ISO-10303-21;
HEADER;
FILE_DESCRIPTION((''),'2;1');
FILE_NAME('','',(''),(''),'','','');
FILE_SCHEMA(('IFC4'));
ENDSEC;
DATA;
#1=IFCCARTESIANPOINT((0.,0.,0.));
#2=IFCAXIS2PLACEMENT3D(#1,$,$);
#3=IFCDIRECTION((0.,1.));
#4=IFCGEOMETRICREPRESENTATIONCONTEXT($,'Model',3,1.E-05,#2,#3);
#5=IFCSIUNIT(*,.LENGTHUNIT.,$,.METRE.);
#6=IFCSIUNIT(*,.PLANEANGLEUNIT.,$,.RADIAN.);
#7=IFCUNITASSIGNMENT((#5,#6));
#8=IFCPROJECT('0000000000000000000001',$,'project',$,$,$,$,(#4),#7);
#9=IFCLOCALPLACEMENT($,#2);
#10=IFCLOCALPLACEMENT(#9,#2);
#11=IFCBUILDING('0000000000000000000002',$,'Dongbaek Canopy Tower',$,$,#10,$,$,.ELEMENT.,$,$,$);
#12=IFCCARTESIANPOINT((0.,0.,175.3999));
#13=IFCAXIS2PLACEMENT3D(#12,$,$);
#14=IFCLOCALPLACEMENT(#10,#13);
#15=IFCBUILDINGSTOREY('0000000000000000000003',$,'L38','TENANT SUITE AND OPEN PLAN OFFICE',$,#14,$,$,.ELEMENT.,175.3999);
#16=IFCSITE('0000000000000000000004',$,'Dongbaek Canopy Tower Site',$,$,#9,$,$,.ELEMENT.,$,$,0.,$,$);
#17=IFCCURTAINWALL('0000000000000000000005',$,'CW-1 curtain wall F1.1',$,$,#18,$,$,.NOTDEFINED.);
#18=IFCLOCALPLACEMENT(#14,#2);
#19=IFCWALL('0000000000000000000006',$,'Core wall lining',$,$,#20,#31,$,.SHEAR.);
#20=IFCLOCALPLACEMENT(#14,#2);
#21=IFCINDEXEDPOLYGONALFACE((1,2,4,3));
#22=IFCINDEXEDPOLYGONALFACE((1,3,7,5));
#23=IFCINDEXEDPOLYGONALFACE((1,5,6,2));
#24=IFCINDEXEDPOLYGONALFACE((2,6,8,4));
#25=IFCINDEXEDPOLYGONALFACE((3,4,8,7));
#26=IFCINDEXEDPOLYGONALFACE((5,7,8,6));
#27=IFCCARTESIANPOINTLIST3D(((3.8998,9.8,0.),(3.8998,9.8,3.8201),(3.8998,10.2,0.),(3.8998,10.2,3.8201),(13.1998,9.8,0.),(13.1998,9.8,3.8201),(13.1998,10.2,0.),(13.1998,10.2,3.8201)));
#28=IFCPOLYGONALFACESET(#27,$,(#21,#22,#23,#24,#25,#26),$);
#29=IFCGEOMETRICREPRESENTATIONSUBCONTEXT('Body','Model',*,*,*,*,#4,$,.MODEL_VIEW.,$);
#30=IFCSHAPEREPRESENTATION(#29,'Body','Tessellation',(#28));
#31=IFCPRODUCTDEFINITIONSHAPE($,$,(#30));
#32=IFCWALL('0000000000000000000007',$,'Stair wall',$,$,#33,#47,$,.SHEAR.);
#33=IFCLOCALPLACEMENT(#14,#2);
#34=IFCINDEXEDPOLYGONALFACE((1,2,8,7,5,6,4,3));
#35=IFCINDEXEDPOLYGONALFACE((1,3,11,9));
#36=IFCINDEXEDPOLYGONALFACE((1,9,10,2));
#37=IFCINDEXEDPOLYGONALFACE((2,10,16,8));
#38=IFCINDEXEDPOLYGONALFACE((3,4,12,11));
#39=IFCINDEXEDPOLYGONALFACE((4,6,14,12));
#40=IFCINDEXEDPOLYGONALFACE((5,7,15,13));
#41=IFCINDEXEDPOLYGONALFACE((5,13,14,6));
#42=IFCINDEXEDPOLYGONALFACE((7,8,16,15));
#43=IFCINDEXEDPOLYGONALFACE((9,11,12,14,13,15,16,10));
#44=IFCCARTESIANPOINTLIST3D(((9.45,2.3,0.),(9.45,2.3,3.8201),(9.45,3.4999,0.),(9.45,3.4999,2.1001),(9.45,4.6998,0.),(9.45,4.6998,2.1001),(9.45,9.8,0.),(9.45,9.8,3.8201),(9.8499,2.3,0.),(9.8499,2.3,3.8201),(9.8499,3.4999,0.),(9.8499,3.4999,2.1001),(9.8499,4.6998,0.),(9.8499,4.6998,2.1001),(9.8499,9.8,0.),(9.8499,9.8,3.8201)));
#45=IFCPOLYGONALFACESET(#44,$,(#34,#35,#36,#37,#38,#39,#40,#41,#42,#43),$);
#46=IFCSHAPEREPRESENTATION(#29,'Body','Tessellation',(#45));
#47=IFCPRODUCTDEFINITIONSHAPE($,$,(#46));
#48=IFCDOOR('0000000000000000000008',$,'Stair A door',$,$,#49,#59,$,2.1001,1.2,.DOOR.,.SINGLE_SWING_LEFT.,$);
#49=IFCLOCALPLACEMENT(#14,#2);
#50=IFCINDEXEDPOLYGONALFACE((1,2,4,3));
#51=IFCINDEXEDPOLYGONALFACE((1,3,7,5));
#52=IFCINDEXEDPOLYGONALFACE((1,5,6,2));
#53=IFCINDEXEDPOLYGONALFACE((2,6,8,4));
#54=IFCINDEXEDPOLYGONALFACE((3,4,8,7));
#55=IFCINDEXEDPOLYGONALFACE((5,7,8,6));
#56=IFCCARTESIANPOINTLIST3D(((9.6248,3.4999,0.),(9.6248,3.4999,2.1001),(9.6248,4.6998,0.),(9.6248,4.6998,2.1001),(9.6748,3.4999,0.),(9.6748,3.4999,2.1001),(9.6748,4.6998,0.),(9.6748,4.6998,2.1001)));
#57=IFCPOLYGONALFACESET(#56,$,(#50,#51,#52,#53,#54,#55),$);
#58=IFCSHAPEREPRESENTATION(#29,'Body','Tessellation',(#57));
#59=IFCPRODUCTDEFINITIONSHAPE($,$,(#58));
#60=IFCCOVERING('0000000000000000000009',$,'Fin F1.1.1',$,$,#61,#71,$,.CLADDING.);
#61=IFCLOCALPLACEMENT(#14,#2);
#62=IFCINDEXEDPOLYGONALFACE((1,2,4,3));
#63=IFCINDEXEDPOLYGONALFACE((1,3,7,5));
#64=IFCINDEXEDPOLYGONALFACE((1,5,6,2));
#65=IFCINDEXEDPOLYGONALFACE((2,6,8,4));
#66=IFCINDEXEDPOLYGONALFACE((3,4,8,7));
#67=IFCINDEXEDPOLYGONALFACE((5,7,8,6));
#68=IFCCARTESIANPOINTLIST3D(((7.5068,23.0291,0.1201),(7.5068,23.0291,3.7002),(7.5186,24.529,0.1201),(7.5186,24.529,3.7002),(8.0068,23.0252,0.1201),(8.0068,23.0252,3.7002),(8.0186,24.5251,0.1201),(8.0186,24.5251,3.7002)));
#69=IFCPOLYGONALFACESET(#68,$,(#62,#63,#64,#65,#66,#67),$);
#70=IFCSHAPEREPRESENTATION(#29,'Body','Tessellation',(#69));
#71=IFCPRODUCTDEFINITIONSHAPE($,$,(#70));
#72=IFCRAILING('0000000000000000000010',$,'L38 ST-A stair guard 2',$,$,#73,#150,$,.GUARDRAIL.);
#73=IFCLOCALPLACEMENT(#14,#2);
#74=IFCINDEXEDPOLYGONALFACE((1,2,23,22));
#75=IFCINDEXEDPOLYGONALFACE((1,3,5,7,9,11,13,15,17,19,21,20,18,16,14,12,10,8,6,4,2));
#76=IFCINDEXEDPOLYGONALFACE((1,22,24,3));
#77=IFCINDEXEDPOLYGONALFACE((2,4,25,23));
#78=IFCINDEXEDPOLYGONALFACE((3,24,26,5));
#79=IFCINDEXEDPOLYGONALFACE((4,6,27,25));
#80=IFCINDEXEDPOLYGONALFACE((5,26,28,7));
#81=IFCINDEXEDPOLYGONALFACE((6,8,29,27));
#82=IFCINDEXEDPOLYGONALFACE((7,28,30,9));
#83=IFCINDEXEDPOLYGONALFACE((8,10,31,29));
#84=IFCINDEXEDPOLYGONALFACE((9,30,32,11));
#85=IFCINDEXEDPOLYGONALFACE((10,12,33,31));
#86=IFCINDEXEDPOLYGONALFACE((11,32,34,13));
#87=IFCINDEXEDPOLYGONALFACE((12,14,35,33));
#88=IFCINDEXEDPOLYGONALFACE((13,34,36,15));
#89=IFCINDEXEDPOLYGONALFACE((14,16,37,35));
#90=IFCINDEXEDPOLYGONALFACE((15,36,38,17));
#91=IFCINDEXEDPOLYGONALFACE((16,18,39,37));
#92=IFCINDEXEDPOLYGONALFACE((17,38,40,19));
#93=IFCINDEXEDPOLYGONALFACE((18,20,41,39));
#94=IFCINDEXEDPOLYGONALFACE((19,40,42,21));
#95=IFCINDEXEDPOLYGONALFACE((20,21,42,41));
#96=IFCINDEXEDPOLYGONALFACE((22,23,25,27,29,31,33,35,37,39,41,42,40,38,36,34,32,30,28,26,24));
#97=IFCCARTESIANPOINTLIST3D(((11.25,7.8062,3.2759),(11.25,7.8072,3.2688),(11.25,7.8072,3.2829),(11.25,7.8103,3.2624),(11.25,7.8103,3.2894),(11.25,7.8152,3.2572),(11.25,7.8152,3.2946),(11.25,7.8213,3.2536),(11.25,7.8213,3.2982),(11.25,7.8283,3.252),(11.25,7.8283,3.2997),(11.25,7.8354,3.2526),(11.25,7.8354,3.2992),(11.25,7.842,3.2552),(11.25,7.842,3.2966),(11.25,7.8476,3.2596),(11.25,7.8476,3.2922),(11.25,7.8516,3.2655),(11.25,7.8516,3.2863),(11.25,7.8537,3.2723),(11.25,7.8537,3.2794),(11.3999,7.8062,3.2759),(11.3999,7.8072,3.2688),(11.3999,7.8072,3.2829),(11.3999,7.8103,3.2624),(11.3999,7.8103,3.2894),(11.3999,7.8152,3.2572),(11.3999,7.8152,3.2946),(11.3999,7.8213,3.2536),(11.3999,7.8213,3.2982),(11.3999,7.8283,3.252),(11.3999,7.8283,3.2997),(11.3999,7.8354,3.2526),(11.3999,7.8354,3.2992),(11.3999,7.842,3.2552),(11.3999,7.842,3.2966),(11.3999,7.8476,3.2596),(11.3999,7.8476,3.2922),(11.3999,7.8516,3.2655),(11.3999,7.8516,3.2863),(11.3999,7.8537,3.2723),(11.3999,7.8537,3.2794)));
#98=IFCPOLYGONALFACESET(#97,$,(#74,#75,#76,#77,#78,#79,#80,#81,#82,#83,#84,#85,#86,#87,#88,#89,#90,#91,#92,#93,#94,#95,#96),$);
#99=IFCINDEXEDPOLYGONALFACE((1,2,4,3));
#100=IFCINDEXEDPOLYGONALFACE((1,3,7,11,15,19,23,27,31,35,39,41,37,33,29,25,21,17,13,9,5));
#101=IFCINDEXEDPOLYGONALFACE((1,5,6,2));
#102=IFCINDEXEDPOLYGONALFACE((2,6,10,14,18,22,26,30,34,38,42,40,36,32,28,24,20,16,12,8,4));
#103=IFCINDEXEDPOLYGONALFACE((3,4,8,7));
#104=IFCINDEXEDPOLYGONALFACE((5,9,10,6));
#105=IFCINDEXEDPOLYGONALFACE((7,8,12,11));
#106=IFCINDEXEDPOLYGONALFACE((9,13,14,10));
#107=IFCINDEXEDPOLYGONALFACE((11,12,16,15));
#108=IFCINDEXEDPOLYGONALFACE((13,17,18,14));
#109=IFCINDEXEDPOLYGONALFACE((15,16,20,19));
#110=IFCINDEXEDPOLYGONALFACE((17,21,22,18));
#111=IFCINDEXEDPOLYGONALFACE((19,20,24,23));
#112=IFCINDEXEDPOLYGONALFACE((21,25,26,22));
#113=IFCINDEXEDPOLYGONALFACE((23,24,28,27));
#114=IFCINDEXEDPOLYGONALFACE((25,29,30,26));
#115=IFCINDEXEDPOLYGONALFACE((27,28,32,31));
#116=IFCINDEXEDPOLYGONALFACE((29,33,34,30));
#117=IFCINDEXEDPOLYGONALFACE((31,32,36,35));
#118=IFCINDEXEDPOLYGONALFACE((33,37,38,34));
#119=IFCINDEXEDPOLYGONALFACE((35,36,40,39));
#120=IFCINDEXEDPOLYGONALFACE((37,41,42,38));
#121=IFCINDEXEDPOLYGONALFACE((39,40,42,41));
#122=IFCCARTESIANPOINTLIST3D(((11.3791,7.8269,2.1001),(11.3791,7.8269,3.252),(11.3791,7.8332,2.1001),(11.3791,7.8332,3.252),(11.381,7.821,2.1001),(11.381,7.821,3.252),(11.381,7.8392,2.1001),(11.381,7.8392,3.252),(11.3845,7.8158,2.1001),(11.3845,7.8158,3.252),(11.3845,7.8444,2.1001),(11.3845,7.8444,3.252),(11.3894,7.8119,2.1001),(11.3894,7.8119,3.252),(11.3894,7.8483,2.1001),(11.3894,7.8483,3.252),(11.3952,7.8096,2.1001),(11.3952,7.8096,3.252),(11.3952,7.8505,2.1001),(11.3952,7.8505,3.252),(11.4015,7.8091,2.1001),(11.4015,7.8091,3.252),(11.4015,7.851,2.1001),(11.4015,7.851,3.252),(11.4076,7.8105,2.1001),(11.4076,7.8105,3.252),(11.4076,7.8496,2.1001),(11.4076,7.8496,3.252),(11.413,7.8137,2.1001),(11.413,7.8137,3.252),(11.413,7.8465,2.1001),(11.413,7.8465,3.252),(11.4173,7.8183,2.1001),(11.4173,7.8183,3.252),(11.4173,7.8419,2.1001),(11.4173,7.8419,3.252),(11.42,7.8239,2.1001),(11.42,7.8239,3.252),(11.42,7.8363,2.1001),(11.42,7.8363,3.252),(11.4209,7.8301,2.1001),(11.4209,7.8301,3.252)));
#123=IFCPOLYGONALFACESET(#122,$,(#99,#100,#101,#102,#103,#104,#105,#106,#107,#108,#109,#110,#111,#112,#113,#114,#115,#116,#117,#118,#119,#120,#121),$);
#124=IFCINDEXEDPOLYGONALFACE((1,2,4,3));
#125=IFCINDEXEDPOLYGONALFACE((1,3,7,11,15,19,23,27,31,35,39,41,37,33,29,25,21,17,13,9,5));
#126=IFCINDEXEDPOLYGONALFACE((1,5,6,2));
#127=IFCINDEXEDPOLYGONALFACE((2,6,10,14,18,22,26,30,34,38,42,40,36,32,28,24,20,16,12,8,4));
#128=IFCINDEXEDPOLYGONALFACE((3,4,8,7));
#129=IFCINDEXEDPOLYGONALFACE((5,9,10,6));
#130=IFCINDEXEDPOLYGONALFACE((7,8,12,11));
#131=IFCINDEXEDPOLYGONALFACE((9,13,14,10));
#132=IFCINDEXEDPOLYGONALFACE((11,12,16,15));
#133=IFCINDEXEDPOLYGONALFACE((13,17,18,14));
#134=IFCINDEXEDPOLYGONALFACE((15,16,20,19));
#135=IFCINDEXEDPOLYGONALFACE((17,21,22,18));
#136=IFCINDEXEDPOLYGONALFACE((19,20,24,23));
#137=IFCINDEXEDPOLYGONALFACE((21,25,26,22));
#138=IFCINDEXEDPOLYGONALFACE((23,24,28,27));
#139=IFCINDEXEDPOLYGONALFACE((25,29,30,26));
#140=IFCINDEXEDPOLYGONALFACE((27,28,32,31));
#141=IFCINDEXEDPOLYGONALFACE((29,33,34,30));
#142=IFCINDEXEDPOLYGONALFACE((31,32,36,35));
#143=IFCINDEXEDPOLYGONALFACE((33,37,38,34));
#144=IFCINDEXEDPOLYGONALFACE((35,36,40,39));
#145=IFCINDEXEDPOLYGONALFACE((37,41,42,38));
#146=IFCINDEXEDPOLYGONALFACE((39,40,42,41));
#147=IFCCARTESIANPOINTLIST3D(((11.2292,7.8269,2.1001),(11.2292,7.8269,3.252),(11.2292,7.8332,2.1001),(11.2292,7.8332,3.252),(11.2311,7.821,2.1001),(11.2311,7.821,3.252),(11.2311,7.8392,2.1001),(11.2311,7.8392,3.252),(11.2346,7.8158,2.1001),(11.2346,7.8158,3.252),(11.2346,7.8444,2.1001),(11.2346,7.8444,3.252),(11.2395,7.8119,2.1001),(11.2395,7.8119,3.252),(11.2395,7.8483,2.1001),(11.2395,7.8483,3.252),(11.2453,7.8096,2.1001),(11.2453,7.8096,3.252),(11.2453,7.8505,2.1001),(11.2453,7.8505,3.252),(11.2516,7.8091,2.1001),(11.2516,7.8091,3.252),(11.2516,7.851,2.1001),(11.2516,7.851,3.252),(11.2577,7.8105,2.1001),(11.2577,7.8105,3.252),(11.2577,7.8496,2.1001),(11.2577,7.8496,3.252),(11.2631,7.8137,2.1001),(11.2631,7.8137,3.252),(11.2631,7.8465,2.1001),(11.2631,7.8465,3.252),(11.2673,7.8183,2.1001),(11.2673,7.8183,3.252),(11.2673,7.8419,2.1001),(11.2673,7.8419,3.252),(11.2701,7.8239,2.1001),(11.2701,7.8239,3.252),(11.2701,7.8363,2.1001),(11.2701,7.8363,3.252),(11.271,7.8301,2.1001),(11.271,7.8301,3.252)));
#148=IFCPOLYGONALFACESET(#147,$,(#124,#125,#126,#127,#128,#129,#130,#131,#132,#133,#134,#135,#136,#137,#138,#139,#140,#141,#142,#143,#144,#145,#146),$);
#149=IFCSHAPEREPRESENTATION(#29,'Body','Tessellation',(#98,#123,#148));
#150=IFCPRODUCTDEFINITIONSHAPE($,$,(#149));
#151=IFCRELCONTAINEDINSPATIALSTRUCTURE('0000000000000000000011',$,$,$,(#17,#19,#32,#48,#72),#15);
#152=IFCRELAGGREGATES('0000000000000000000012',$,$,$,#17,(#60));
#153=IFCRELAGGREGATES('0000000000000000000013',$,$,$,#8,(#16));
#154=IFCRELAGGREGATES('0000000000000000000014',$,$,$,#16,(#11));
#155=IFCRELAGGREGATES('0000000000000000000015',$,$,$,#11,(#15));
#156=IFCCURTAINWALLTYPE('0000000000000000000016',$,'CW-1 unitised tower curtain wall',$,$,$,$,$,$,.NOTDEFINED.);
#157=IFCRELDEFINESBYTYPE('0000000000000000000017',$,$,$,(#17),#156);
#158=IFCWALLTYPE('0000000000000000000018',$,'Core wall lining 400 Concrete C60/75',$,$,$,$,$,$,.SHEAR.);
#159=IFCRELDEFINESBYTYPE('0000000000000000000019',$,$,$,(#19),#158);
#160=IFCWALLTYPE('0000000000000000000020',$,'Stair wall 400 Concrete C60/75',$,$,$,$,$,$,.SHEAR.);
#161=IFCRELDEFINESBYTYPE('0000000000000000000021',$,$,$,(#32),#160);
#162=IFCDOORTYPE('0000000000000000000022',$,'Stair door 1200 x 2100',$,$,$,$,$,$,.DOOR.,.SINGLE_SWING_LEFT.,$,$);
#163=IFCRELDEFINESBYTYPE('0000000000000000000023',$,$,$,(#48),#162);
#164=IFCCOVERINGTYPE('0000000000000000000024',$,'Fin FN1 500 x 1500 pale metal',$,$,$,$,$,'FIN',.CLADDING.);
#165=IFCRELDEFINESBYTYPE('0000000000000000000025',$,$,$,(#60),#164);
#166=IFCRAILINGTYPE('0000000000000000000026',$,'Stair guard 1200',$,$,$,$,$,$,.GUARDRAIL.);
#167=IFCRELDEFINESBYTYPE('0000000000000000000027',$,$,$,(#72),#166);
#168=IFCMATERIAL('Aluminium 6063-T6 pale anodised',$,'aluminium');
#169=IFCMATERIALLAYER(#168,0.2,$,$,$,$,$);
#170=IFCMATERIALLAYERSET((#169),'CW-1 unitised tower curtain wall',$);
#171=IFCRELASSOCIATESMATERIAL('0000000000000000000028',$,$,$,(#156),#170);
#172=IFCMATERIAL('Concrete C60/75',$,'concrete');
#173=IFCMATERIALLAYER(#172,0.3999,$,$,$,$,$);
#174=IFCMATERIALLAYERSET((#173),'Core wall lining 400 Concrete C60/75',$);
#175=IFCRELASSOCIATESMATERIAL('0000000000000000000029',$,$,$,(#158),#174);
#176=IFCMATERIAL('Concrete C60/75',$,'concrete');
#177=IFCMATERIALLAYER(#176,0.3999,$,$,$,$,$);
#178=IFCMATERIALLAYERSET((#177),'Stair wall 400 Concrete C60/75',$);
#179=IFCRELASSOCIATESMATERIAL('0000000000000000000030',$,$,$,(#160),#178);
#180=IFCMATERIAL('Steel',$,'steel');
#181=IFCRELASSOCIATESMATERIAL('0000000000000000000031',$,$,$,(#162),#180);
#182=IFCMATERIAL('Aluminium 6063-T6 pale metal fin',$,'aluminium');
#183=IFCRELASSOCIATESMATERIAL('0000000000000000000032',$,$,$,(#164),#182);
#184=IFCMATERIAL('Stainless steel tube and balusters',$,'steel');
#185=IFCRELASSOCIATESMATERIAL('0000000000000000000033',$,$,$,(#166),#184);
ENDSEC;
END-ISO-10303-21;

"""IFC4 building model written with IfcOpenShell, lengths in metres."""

from ifc_helpers import new_model, si_unit, direction, frame, frame_2d, origin, origin_2d, place, context, subcontext, project, spatial, rectangle, circle, extrude, material, layer, layer_set, material_profile, profile_set, type_object, element, fill, aggregate, save


model = new_model("IFC4")

# Units and contexts
model_context = context("Model", 3, precision=1e-05, world=origin(), true_north=direction((0.0, 1.0)))
body_context = subcontext(model_context, "Body", "Model", "MODEL_VIEW")
ifc_project = project(units=[si_unit("LENGTHUNIT", "METRE"), si_unit("PLANEANGLEUNIT", "RADIAN")], contexts=[model_context])

# Site, building, storey
site_placement = place(None, origin())
site = spatial("IfcSite", under=ifc_project, at=site_placement, Name="Dongbaek Canopy Tower Site", CompositionType="ELEMENT", RefElevation=0.0)
building_placement = place(site_placement, origin())
building = spatial("IfcBuilding", under=site, at=building_placement, Name="Dongbaek Canopy Tower", CompositionType="ELEMENT")
storey_placement = place(building_placement, frame((0.0, 0.0, 175.3999)))
storey = spatial("IfcBuildingStorey", under=building, at=storey_placement, Name="L38", Description="TENANT SUITE AND OPEN PLAN OFFICE", CompositionType="ELEMENT", Elevation=175.3999)

# Shared definitions
ifc_material_1 = material(Name="Aluminium 6063-T6 pale anodised", Category="aluminium")
ifc_layer_1 = layer(ifc_material_1, 0.2)
ifc_layer_set_1 = layer_set([ifc_layer_1], Name="CW-1 unitised tower curtain wall")
curtain_wall_type = type_object("IfcCurtainWallType", Name="CW-1 unitised tower curtain wall", PredefinedType="NOTDEFINED", material=ifc_layer_set_1)

# Curtain wall
curtain_wall_1_placement = place(storey_placement, origin())
curtain_wall_1 = element("IfcCurtainWall", 1, at=curtain_wall_1_placement, inside=storey, type_object=curtain_wall_type, Name="CW-1 curtain wall F1.1", PredefinedType="NOTDEFINED")

# Wall
ifc_material_2 = material(Name="Concrete C60/75", Category="concrete")
ifc_layer_2 = layer(ifc_material_2, 0.3999)
ifc_layer_set_2 = layer_set([ifc_layer_2], Name="Core wall lining 400 Concrete C60/75")
wall_type_1 = type_object("IfcWallType", Name="Core wall lining 400 Concrete C60/75", PredefinedType="SHEAR", material=ifc_layer_set_2)
wall_1_placement = place(storey_placement, frame((3.8999, 10.0, 0.0), z_axis=(0.0, 0.0, 1.0), x_axis=(1.0, 0.0, 0.0)))
element("IfcWall", 2, at=wall_1_placement, inside=storey, type_object=wall_type_1, Name="Core wall lining", PredefinedType="SHEAR", context=body_context, shape_type="SweptSolid", body=[
    extrude(rectangle(XDim=9.3, YDim=0.3999, at=frame_2d((4.6499, 0.0))), origin(), (0.0, 0.0, 1.0), 3.8201),
])

# Wall, opening, door
ifc_material_3 = material(Name="Concrete C60/75", Category="concrete")
ifc_layer_3 = layer(ifc_material_3, 0.3999)
ifc_layer_set_3 = layer_set([ifc_layer_3], Name="Stair wall 400 Concrete C60/75")
wall_type_2 = type_object("IfcWallType", Name="Stair wall 400 Concrete C60/75", PredefinedType="SHEAR", material=ifc_layer_set_3)
wall_2_placement = place(storey_placement, frame((9.6499, 9.8, 0.0), z_axis=(0.0, 0.0, 1.0), x_axis=(0.0, -1.0, 0.0)))
wall_2 = element("IfcWall", 3, at=wall_2_placement, inside=storey, type_object=wall_type_2, Name="Stair wall", PredefinedType="SHEAR", context=body_context, shape_type="SweptSolid", body=[
    extrude(rectangle(XDim=7.5, YDim=0.3999, at=frame_2d((3.75, 0.0))), origin(), (0.0, 0.0, 1.0), 3.8201),
])
opening_placement = place(wall_2_placement, frame((5.1001, 0.0, 0.0)))
opening = element("IfcOpeningElement", 4, at=opening_placement, cuts=wall_2, PredefinedType="OPENING", context=body_context, shape_type="SweptSolid", body=[
    extrude(rectangle(XDim=1.2, YDim=2.1001, at=frame_2d((0.6001, 1.05))), frame((0.0, 0.21, 0.0), z_axis=(0.0, -1.0, 0.0), x_axis=(1.0, 0.0, 0.0)), (0.0, 0.0, 1.0), 0.4199),
])
ifc_material_4 = material(Name="Steel", Category="steel")
door_type = type_object("IfcDoorType", Name="Stair door 1200 x 2100", OperationType="SINGLE_SWING_LEFT", PredefinedType="DOOR", material=ifc_material_4)
door_placement = place(opening_placement, origin())
door = element("IfcDoor", 5, at=door_placement, inside=storey, type_object=door_type, Name="Stair A door", OperationType="SINGLE_SWING_LEFT", OverallHeight=2.1001, OverallWidth=1.2, PredefinedType="DOOR", context=body_context, shape_type="SweptSolid", body=[
    extrude(rectangle(XDim=1.2, YDim=2.1001, at=frame_2d((0.6001, 1.05))), frame((0.0, 0.0249, 0.0), z_axis=(0.0, -1.0, 0.0), x_axis=(1.0, 0.0, 0.0)), (0.0, 0.0, 1.0), 0.05),
])
fill(opening, door)

# Covering
ifc_material_5 = material(Name="Aluminium 6063-T6 pale metal fin", Category="aluminium")
ifc_material_profile_1 = material_profile(ifc_material_5, rectangle(XDim=1.5, YDim=0.5, at=origin_2d()), Name="Fin FN1 500 x 1500 pale metal")
ifc_profile_set_1 = profile_set([ifc_material_profile_1], Name="Aluminium 6063-T6 pale metal fin")
covering_type = type_object("IfcCoveringType", Name="Fin FN1 500 x 1500 pale metal", ElementType="FIN", PredefinedType="CLADDING", material=ifc_profile_set_1)
covering_placement = place(storey_placement, frame((7.7627, 23.7771, 0.1201), z_axis=(0.0, 0.0, 1.0), x_axis=(0.007847, 0.999969, 0.0)))
covering = element("IfcCovering", 6, at=covering_placement, type_object=covering_type, Name="Fin F1.1.1", PredefinedType="CLADDING", context=body_context, shape_type="SweptSolid", body=[
    extrude(rectangle(XDim=1.5, YDim=0.5, at=origin_2d()), origin(), (0.0, 0.0, 1.0), 3.5801),
])
aggregate(curtain_wall_1, [covering])

# Railing
ifc_material_6 = material(Name="Stainless steel tube and balusters", Category="steel")
railing_type = type_object("IfcRailingType", Name="Stair guard 1200", PredefinedType="GUARDRAIL", material=ifc_material_6)
railing_1_placement = place(storey_placement, frame((11.3999, 7.8301, 2.1001)))
element("IfcRailing", 7, at=railing_1_placement, inside=storey, type_object=railing_type, Name="L38 ST-A stair guard 2", PredefinedType="GUARDRAIL", context=body_context, shape_type="SweptSolid", body=[
    extrude(circle(Radius=0.0239, at=origin_2d()), frame((0.0, 0.0, 1.1758), z_axis=(-1.0, 0.0, 0.0), x_axis=(0.0, -1.0, 0.0)), (0.0, 0.0, 1.0), 0.1499),
    extrude(circle(Radius=0.021, at=origin_2d()), origin(), (0.0, 0.0, 1.0), 1.1519),
    extrude(circle(Radius=0.021, at=origin_2d()), frame((-0.1499, 0.0, 0.0)), (0.0, 0.0, 1.0), 1.1519),
])

save(model, "model.ifc")
